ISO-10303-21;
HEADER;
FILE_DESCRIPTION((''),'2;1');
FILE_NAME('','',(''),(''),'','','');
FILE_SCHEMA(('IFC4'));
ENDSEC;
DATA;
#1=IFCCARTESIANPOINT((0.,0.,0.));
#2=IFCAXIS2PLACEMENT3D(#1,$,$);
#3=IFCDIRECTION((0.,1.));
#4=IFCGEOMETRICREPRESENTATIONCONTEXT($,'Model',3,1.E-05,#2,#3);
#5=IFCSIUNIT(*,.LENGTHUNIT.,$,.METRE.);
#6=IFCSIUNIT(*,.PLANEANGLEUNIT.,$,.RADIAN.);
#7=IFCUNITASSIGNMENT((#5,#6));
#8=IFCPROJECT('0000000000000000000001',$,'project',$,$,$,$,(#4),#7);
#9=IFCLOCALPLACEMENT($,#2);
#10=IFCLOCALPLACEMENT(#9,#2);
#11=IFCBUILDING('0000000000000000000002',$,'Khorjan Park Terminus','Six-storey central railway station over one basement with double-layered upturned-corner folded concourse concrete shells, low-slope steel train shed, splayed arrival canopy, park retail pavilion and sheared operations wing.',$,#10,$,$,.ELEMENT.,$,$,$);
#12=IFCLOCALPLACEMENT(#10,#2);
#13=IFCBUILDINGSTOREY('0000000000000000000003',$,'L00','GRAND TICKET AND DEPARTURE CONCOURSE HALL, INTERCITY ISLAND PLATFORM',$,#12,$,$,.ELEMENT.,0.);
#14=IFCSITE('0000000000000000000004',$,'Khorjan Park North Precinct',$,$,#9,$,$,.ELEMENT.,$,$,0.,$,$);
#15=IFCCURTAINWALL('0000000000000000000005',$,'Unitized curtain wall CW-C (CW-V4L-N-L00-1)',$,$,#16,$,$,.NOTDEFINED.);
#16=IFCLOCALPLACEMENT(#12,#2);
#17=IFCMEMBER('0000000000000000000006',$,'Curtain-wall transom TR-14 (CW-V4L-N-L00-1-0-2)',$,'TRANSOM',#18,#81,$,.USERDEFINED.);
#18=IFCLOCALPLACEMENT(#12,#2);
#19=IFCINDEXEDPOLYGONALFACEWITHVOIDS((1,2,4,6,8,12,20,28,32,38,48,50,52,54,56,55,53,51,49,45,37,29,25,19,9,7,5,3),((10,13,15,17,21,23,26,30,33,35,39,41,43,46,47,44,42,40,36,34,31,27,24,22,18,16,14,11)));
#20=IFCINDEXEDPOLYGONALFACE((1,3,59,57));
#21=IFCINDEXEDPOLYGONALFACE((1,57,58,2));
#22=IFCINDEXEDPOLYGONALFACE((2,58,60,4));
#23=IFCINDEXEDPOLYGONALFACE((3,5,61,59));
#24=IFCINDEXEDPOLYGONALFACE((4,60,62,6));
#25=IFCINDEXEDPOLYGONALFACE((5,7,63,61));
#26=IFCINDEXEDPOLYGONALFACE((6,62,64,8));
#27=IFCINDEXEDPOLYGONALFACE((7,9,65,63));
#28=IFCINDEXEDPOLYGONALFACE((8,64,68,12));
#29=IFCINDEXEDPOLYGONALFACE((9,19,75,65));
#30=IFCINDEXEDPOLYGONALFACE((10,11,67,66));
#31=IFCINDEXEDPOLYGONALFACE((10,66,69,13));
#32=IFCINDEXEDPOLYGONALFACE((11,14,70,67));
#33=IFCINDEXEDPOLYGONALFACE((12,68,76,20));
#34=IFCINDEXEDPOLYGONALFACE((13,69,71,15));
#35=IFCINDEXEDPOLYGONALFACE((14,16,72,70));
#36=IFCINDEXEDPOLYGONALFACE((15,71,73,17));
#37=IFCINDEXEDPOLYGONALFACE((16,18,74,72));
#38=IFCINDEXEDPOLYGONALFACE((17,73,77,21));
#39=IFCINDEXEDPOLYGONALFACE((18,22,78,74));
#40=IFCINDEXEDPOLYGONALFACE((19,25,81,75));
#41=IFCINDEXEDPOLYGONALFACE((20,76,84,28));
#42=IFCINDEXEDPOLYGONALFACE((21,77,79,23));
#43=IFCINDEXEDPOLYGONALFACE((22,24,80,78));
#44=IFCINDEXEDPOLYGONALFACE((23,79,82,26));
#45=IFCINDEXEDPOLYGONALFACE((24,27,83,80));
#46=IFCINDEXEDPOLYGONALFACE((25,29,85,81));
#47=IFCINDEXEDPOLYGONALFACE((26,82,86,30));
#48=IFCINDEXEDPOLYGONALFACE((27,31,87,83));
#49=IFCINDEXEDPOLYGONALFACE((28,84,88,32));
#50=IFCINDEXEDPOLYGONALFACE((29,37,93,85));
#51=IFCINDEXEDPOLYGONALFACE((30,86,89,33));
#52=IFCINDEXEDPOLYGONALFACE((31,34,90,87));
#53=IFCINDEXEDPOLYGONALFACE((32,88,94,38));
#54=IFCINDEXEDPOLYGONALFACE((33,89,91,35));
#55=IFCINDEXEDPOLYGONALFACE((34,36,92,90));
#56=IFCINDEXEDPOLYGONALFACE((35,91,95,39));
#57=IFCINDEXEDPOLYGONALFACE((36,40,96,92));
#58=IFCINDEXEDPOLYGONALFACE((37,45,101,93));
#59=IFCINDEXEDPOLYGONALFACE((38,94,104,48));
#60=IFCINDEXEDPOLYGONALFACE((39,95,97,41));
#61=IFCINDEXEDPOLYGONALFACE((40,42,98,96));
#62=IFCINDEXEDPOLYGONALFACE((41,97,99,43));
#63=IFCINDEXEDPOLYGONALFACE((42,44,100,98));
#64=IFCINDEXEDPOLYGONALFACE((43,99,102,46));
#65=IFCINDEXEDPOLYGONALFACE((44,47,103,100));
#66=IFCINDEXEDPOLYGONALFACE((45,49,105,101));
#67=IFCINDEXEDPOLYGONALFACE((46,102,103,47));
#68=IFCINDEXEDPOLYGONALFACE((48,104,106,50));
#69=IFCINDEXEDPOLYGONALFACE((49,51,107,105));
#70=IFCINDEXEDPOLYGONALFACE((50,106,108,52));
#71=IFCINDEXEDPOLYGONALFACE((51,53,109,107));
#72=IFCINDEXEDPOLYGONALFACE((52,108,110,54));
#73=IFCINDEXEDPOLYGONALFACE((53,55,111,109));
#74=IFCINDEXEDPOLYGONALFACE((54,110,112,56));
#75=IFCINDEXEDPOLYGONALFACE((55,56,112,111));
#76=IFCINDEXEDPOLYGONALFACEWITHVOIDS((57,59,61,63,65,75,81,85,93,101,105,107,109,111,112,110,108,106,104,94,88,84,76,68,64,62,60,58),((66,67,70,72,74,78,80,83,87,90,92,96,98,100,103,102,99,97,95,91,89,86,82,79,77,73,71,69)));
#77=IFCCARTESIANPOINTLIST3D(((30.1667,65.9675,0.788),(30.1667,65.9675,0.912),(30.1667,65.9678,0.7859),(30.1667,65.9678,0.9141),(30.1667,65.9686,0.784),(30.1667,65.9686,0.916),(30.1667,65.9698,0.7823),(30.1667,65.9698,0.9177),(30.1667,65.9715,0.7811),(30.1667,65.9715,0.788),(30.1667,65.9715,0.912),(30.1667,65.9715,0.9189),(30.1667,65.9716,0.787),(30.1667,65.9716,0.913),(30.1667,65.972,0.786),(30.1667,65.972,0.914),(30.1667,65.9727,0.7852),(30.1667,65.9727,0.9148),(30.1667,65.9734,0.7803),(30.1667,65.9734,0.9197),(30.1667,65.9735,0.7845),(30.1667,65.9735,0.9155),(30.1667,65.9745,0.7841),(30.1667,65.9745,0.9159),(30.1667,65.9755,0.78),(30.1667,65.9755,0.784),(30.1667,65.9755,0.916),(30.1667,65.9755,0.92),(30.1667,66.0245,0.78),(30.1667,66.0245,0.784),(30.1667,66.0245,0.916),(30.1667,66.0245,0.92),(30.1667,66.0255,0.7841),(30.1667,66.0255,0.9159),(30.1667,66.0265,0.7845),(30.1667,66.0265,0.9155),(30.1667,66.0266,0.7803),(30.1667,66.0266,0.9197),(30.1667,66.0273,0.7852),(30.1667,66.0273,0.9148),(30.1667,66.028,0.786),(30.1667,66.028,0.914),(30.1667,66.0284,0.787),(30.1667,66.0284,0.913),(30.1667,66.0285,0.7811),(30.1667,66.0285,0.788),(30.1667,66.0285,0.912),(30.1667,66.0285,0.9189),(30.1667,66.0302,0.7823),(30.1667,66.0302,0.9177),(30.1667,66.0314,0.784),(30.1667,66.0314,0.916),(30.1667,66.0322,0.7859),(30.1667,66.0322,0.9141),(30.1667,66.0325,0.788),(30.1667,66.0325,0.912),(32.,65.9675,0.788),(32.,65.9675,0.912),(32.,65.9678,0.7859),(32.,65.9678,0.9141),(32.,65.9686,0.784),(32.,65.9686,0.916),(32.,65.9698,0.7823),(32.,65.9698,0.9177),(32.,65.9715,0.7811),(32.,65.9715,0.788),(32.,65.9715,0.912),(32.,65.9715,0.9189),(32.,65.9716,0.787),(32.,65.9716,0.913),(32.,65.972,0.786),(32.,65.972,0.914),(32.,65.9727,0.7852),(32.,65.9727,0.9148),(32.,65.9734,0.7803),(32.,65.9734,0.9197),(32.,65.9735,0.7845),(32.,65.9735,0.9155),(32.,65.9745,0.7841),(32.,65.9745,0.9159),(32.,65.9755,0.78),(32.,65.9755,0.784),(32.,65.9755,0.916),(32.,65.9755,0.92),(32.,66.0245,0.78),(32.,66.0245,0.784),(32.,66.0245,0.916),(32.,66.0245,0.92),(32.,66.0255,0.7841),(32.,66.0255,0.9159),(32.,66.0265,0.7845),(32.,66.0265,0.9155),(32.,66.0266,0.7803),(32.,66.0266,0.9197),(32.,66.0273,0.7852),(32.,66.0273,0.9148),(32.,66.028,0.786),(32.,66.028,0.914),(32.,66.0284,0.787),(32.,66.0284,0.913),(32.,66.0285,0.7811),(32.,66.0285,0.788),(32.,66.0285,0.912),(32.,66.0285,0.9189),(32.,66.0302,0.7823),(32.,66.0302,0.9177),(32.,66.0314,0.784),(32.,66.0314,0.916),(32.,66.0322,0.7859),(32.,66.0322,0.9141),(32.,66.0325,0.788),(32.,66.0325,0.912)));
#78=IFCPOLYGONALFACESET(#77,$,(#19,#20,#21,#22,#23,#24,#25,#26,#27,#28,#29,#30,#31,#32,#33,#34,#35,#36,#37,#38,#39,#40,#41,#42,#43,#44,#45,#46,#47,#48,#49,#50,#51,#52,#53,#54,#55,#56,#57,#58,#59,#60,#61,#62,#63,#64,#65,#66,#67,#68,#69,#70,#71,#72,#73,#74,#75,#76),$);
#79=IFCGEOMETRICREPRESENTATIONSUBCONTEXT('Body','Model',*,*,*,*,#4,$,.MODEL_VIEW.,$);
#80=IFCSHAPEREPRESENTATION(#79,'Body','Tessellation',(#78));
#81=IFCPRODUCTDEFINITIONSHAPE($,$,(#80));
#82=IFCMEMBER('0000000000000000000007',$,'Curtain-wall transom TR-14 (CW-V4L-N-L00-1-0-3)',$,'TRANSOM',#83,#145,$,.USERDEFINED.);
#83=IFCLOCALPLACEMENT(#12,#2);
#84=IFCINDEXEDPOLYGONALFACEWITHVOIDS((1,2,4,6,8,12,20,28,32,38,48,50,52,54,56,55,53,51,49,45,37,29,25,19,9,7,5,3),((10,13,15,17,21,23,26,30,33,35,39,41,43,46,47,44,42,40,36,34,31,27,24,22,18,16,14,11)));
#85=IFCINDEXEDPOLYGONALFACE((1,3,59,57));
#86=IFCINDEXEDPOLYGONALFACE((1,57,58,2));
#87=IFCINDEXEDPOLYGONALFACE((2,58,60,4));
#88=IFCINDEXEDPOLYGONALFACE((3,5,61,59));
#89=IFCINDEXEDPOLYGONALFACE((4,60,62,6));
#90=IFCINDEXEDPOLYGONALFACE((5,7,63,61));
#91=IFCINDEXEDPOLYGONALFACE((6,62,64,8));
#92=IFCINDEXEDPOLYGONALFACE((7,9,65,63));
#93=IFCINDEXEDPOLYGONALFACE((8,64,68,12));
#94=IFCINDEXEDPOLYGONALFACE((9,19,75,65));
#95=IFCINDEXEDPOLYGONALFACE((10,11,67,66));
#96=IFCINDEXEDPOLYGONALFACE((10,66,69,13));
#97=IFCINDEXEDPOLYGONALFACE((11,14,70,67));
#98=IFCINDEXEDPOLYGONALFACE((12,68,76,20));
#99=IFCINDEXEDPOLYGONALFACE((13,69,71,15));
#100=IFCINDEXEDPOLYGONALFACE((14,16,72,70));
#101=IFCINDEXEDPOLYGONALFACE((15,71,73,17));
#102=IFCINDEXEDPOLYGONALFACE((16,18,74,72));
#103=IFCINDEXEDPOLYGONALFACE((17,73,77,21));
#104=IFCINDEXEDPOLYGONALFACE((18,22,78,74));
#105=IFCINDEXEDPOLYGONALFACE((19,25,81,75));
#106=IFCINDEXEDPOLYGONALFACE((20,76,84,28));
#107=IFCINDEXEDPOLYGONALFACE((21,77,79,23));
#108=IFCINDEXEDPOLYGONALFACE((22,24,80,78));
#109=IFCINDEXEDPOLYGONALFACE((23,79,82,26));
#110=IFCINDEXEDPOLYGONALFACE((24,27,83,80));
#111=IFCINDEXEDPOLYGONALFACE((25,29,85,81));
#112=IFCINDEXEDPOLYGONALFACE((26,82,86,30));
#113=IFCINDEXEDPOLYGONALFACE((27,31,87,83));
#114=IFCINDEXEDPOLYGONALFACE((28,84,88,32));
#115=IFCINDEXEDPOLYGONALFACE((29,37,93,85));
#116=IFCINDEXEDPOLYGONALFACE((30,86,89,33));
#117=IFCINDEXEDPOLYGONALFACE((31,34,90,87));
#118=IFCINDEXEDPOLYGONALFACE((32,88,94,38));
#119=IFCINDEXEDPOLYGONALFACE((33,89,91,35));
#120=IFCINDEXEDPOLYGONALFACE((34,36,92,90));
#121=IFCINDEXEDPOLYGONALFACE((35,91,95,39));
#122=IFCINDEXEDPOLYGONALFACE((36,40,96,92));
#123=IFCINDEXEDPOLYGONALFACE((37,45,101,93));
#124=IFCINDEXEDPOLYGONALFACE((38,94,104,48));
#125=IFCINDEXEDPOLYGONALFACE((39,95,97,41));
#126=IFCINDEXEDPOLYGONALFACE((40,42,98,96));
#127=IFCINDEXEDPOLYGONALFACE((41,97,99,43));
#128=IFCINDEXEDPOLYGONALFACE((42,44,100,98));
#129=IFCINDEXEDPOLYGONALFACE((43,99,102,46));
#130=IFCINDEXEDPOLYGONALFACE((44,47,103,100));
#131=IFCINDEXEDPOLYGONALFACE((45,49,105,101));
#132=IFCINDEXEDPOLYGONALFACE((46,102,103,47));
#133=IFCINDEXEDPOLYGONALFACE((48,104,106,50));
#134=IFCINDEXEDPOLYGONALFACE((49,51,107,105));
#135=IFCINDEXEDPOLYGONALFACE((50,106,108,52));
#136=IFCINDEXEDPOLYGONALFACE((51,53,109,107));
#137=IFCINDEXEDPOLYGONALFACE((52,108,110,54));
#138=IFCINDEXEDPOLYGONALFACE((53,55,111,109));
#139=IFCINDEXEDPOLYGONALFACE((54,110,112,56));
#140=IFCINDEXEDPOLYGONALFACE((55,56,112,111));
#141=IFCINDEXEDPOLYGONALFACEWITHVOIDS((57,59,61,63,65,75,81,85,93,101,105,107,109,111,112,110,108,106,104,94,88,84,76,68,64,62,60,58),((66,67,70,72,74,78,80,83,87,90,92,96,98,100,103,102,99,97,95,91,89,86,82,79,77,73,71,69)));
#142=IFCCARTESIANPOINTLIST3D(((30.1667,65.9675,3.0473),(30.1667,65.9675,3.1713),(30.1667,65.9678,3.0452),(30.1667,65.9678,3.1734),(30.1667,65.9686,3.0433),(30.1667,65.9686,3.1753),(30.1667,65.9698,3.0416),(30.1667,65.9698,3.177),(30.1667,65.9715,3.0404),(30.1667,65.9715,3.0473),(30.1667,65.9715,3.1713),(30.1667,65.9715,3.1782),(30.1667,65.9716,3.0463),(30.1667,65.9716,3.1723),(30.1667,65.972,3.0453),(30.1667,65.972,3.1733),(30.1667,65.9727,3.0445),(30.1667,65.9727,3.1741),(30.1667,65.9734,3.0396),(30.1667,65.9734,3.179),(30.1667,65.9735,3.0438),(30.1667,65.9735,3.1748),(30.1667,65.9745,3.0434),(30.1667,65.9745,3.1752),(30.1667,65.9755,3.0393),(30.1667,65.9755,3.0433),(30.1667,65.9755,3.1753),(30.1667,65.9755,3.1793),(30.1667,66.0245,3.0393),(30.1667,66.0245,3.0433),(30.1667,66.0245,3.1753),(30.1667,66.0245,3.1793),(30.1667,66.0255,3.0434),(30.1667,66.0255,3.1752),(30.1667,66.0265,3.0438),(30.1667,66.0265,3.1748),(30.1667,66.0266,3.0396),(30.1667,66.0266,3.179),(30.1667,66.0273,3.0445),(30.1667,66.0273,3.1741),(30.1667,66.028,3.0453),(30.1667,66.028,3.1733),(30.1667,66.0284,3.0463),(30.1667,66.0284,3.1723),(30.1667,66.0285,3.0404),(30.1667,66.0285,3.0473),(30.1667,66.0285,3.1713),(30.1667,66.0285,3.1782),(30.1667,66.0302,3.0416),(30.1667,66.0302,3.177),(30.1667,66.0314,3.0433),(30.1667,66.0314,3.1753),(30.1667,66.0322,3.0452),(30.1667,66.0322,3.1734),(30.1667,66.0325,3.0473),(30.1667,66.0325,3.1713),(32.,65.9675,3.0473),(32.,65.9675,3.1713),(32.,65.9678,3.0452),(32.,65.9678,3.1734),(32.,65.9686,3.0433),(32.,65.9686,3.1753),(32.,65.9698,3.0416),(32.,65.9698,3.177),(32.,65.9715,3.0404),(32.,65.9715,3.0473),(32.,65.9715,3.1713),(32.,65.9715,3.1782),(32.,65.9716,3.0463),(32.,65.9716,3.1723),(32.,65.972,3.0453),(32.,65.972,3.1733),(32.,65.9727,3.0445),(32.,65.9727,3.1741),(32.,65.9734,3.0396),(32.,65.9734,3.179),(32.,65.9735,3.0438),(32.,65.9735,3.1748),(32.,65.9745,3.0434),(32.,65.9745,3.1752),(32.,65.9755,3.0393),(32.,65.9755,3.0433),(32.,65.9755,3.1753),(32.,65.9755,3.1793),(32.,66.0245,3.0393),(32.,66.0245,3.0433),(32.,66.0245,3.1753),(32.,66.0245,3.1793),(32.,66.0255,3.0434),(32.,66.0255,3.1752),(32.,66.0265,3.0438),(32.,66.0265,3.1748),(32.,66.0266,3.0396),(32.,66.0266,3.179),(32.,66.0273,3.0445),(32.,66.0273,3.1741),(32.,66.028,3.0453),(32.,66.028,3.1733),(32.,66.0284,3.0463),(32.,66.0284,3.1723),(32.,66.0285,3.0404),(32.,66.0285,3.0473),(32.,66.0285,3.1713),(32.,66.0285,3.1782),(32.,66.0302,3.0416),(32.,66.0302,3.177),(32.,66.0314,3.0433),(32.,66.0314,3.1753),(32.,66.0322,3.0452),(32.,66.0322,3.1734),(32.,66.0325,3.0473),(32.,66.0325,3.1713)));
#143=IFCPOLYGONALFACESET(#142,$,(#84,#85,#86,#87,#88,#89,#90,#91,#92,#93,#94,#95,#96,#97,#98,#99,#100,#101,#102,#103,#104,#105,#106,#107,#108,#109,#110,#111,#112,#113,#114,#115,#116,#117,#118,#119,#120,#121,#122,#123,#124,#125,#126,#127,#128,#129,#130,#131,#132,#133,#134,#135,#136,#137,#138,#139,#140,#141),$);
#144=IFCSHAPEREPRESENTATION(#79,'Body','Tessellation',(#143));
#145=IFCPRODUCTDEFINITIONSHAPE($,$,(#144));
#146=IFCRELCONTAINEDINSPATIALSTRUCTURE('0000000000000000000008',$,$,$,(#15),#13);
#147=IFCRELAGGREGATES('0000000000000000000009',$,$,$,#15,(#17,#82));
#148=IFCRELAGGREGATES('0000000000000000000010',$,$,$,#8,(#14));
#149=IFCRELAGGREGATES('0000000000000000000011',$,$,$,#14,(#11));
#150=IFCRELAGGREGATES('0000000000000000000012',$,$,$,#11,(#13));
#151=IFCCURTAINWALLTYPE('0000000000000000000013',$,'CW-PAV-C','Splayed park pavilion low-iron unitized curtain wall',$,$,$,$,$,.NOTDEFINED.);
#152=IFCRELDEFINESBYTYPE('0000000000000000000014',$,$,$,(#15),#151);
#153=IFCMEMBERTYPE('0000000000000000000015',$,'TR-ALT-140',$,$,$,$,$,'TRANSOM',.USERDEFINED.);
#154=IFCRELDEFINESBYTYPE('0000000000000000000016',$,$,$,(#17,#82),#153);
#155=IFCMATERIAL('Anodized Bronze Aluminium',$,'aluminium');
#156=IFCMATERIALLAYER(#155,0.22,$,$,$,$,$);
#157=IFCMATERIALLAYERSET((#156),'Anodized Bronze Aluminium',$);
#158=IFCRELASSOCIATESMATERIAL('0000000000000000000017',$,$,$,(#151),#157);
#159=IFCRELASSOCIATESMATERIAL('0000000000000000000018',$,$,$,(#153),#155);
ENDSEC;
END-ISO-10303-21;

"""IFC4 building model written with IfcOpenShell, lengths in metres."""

from ifc_helpers import new_model, si_unit, direction, frame, origin, origin_2d, place, context, subcontext, project, spatial, hollow_rectangle, extrude, material, layer, layer_set, material_profile, profile_set, type_object, element, aggregate, save


model = new_model("IFC4")

# Units and contexts
model_context = context("Model", 3, precision=1e-05, world=origin(), true_north=direction((0.0, 1.0)))
body_context = subcontext(model_context, "Body", "Model", "MODEL_VIEW")
ifc_project = project(units=[si_unit("LENGTHUNIT", "METRE"), si_unit("PLANEANGLEUNIT", "RADIAN")], contexts=[model_context])

# Site, building, storey
site_placement = place(None, origin())
site = spatial("IfcSite", under=ifc_project, at=site_placement, Name="Khorjan Park North Precinct", CompositionType="ELEMENT", RefElevation=0.0)
building_placement = place(site_placement, origin())
building = spatial("IfcBuilding", under=site, at=building_placement, Name="Khorjan Park Terminus", Description="Six-storey central railway station over one basement with double-layered upturned-corner folded concourse concrete shells, low-slope steel train shed, splayed arrival canopy, park retail pavilion and sheared operations wing.", CompositionType="ELEMENT")
storey_placement = place(building_placement, origin())
storey = spatial("IfcBuildingStorey", under=building, at=storey_placement, Name="L00", Description="GRAND TICKET AND DEPARTURE CONCOURSE HALL, INTERCITY ISLAND PLATFORM", CompositionType="ELEMENT", Elevation=0.0)

# Curtain wall
ifc_material_1 = material(Name="Anodized Bronze Aluminium", Category="aluminium")
ifc_layer_1 = layer(ifc_material_1, 0.22)
ifc_layer_set_1 = layer_set([ifc_layer_1], Name="Anodized Bronze Aluminium")
curtain_wall_type = type_object("IfcCurtainWallType", Name="CW-PAV-C", Description="Splayed park pavilion low-iron unitized curtain wall", PredefinedType="NOTDEFINED", material=ifc_layer_set_1)
curtain_wall_1_placement = place(storey_placement, origin())
curtain_wall_1 = element("IfcCurtainWall", 1, at=curtain_wall_1_placement, inside=storey, type_object=curtain_wall_type, Name="Unitized curtain wall CW-C (CW-V4L-N-L00-1)", PredefinedType="NOTDEFINED")

# Members
ifc_material_profile_1 = material_profile(ifc_material_1, hollow_rectangle(XDim=0.065, YDim=0.14, WallThickness=0.004, InnerFilletRadius=0.004, OuterFilletRadius=0.008, at=origin_2d()), Name="ALT 65x140x4")
ifc_profile_set_1 = profile_set([ifc_material_profile_1], Name="Anodized Bronze Aluminium")
member_type_1 = type_object("IfcMemberType", Name="TR-ALT-140", ElementType="TRANSOM", PredefinedType="USERDEFINED", material=ifc_profile_set_1)
member_1_placement = place(storey_placement, frame((32.0, 66.0, 0.85), z_axis=(-1.0, 0.0, 0.0), x_axis=(0.0, -1.0, 0.0)))
member_1 = element("IfcMember", 2, at=member_1_placement, type_object=member_type_1, Name="Curtain-wall transom TR-14 (CW-V4L-N-L00-1-0-2)", ObjectType="TRANSOM", PredefinedType="USERDEFINED", context=body_context, shape_type="SweptSolid", body=[
    extrude(hollow_rectangle(XDim=0.065, YDim=0.14, WallThickness=0.004, InnerFilletRadius=0.004, OuterFilletRadius=0.008, at=origin_2d()), origin(), (0.0, 0.0, 1.0), 1.8333),
])
member_2_placement = place(storey_placement, frame((32.0, 66.0, 3.1093), z_axis=(-1.0, 0.0, 0.0), x_axis=(0.0, -1.0, 0.0)))
member_2 = element("IfcMember", 3, at=member_2_placement, type_object=member_type_1, Name="Curtain-wall transom TR-14 (CW-V4L-N-L00-1-0-3)", ObjectType="TRANSOM", PredefinedType="USERDEFINED", context=body_context, shape_type="SweptSolid", body=[
    extrude(hollow_rectangle(XDim=0.065, YDim=0.14, WallThickness=0.004, InnerFilletRadius=0.004, OuterFilletRadius=0.008, at=origin_2d()), origin(), (0.0, 0.0, 1.0), 1.8333),
])

aggregate(curtain_wall_1, [member_1, member_2])

save(model, "model.ifc")
